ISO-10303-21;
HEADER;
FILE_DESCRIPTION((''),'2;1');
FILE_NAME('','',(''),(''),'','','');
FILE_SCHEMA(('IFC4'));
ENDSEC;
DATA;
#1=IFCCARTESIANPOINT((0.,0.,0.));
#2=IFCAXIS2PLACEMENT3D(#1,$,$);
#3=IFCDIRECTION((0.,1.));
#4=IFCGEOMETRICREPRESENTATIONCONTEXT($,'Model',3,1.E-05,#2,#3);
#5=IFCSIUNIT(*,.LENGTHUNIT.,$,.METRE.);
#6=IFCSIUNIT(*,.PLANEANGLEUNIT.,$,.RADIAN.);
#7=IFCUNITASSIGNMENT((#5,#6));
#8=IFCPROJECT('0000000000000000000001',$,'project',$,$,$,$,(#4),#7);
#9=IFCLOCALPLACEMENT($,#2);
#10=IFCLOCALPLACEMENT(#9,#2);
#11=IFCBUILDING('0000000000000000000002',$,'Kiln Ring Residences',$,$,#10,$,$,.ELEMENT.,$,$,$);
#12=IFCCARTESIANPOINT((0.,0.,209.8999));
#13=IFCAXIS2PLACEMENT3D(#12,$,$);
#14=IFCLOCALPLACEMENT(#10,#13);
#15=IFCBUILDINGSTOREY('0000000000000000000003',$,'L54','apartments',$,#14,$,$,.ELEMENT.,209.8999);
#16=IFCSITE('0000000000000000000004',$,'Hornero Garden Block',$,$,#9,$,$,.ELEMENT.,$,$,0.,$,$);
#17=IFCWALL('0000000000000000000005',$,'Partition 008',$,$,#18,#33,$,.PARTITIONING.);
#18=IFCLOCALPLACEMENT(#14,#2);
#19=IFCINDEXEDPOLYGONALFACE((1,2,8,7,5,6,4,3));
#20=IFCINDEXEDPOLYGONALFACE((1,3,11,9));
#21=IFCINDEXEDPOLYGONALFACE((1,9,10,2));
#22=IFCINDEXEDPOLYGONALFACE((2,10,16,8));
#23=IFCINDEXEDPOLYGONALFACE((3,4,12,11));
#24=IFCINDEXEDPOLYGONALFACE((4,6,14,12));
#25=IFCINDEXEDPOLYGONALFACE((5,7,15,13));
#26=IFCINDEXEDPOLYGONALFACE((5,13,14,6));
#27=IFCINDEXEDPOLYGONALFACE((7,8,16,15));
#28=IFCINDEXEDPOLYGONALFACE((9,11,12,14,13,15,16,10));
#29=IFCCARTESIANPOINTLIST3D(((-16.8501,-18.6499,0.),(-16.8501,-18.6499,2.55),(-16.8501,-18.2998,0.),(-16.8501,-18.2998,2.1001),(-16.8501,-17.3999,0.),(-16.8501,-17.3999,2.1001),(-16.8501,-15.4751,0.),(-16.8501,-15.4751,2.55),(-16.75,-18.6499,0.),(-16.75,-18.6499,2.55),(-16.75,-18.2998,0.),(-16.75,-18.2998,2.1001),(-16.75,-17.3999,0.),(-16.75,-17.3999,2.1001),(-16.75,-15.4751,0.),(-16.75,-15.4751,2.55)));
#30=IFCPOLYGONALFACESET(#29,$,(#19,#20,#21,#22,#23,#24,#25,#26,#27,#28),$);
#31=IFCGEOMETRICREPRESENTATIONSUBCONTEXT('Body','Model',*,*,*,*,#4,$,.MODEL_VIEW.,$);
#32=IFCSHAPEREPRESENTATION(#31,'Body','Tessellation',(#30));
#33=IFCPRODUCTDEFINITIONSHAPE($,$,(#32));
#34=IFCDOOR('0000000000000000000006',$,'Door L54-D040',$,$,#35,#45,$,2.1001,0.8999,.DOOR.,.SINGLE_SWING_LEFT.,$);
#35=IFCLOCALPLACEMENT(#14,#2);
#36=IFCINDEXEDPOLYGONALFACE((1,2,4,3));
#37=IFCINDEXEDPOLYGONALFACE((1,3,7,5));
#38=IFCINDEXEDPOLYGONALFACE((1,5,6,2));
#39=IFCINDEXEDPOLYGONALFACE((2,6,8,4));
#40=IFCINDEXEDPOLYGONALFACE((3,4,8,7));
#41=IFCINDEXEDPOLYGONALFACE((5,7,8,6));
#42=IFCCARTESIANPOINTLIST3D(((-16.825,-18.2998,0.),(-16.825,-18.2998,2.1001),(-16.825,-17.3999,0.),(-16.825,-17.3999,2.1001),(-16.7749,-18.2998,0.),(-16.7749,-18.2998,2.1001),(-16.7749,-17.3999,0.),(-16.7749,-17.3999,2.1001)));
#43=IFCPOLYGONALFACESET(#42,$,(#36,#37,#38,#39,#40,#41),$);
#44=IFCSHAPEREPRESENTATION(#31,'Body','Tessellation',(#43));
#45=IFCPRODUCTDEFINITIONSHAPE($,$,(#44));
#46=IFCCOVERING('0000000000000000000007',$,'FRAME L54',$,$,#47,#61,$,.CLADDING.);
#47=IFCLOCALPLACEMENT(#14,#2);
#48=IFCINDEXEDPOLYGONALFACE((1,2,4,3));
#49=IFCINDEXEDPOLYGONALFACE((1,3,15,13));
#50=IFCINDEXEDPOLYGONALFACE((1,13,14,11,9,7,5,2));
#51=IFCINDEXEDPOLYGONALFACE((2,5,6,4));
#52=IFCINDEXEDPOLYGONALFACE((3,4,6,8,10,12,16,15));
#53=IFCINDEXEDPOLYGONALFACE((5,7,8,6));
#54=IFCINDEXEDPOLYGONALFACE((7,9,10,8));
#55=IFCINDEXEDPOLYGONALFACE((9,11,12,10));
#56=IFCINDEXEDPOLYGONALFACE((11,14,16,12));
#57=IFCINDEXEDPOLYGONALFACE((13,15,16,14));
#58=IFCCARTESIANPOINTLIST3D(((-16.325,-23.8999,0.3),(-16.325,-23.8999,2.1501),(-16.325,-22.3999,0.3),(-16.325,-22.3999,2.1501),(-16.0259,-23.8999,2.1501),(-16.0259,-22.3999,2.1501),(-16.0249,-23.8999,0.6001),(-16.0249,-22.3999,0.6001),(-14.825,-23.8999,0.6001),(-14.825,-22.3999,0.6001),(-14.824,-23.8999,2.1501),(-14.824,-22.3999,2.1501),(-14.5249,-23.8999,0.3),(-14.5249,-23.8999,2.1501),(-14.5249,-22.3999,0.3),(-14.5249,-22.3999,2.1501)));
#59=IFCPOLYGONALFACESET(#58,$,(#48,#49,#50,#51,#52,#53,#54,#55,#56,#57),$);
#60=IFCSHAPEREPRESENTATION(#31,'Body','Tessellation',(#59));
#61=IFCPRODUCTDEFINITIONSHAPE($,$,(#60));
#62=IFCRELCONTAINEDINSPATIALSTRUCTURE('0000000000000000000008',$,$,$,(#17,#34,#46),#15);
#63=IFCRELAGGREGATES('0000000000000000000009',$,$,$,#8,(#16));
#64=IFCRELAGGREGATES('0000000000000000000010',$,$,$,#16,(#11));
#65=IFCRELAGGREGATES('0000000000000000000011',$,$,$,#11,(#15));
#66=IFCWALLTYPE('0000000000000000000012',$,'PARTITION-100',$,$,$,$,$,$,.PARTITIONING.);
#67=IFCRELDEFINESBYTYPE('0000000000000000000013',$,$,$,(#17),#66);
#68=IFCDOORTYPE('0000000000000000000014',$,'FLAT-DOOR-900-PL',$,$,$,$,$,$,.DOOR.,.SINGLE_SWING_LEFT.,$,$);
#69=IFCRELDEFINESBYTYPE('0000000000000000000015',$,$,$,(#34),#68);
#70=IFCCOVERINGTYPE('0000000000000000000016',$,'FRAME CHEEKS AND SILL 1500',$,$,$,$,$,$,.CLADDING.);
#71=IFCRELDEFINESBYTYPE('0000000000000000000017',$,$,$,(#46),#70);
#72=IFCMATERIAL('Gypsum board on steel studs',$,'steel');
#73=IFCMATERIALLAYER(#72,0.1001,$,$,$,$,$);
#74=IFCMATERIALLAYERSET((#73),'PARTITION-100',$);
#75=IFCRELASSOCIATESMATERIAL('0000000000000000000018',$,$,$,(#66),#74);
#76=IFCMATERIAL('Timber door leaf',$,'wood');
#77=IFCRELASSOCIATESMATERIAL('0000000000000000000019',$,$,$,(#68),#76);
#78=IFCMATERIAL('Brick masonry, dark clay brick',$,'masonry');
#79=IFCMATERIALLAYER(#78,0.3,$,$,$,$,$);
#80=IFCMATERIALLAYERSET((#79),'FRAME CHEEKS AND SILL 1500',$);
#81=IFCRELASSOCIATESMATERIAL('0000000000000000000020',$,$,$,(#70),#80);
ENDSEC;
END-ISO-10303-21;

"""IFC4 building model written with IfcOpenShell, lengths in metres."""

from ifc_helpers import new_model, si_unit, direction, frame, frame_2d, origin, place, context, subcontext, project, spatial, polyline, rectangle, outline, extrude, material, layer, layer_set, type_object, element, fill, save


model = new_model("IFC4")

# Units and contexts
model_context = context("Model", 3, precision=1e-05, world=origin(), true_north=direction((0.0, 1.0)))
body_context = subcontext(model_context, "Body", "Model", "MODEL_VIEW")
ifc_project = project(units=[si_unit("LENGTHUNIT", "METRE"), si_unit("PLANEANGLEUNIT", "RADIAN")], contexts=[model_context])

# Site, building, storey
site_placement = place(None, origin())
site = spatial("IfcSite", under=ifc_project, at=site_placement, Name="Hornero Garden Block", CompositionType="ELEMENT", RefElevation=0.0)
building_placement = place(site_placement, origin())
building = spatial("IfcBuilding", under=site, at=building_placement, Name="Kiln Ring Residences", CompositionType="ELEMENT")
storey_placement = place(building_placement, frame((0.0, 0.0, 209.8999)))
storey = spatial("IfcBuildingStorey", under=building, at=storey_placement, Name="L54", Description="apartments", CompositionType="ELEMENT", Elevation=209.8999)

# Shared definitions
ifc_material_1 = material(Name="Gypsum board on steel studs", Category="steel")
ifc_layer_1 = layer(ifc_material_1, 0.1001)
ifc_layer_set_1 = layer_set([ifc_layer_1], Name="PARTITION-100")
wall_type_1 = type_object("IfcWallType", Name="PARTITION-100", PredefinedType="PARTITIONING", material=ifc_layer_set_1)

# Wall, opening, door
wall_1_placement = place(storey_placement, frame((-16.8, -18.6499, 0.0), z_axis=(0.0, 0.0, 1.0), x_axis=(0.0, 1.0, 0.0)))
wall_1 = element("IfcWall", 1, at=wall_1_placement, inside=storey, type_object=wall_type_1, Name="Partition 008", PredefinedType="PARTITIONING", context=body_context, shape_type="SweptSolid", body=[
    extrude(rectangle(XDim=3.1748, YDim=0.1001, at=frame_2d((1.5874, 0.0))), origin(), (0.0, 0.0, 1.0), 2.55),
])
opening_1_placement = place(wall_1_placement, frame((0.3501, 0.0, 0.0)))
opening_1 = element("IfcOpeningElement", 2, at=opening_1_placement, cuts=wall_1, PredefinedType="OPENING", context=body_context, shape_type="SweptSolid", body=[
    extrude(rectangle(XDim=0.8999, YDim=2.1001, at=frame_2d((0.45, 1.05))), frame((0.0, 0.0601, 0.0), z_axis=(0.0, -1.0, 0.0), x_axis=(1.0, 0.0, 0.0)), (0.0, 0.0, 1.0), 0.1201),
])
ifc_material_2 = material(Name="Timber door leaf", Category="wood")
door_type = type_object("IfcDoorType", Name="FLAT-DOOR-900-PL", OperationType="SINGLE_SWING_LEFT", PredefinedType="DOOR", material=ifc_material_2)
door_placement = place(opening_1_placement, origin())
door = element("IfcDoor", 3, at=door_placement, inside=storey, type_object=door_type, Name="Door L54-D040", OperationType="SINGLE_SWING_LEFT", OverallHeight=2.1001, OverallWidth=0.8999, PredefinedType="DOOR", context=body_context, shape_type="SweptSolid", body=[
    extrude(rectangle(XDim=0.8999, YDim=2.1001, at=frame_2d((0.45, 1.05))), frame((0.0, 0.0249, 0.0), z_axis=(0.0, -1.0, 0.0), x_axis=(1.0, 0.0, 0.0)), (0.0, 0.0, 1.0), 0.05),
])
fill(opening_1, door)

# Covering
ifc_material_3 = material(Name="Brick masonry, dark clay brick", Category="masonry")
ifc_layer_2 = layer(ifc_material_3, 0.3)
ifc_layer_set_2 = layer_set([ifc_layer_2], Name="FRAME CHEEKS AND SILL 1500")
covering_type = type_object("IfcCoveringType", Name="FRAME CHEEKS AND SILL 1500", PredefinedType="CLADDING", material=ifc_layer_set_2)
covering_placement = place(storey_placement, frame((-16.325, -23.1499, 0.3), z_axis=(0.0, 0.0, 1.0), x_axis=(1.0, 0.0, 0.0)))
element("IfcCovering", 4, at=covering_placement, inside=storey, type_object=covering_type, Name="FRAME L54", PredefinedType="CLADDING", context=body_context, shape_type="SweptSolid", body=[
    extrude(outline(polyline([(0.0, 0.0), (1.8, 0.0), (1.8, 1.8501), (1.501, 1.8501), (1.5, 0.3), (0.3, 0.3), (0.2991, 1.8501), (0.0, 1.8501), (0.0, 0.0)])), frame((0.0, 0.75, 0.0), z_axis=(0.0, -1.0, 0.0), x_axis=(1.0, 0.0, 0.0)), (0.0, 0.0, 1.0), 1.5),
])

save(model, "model.ifc")
